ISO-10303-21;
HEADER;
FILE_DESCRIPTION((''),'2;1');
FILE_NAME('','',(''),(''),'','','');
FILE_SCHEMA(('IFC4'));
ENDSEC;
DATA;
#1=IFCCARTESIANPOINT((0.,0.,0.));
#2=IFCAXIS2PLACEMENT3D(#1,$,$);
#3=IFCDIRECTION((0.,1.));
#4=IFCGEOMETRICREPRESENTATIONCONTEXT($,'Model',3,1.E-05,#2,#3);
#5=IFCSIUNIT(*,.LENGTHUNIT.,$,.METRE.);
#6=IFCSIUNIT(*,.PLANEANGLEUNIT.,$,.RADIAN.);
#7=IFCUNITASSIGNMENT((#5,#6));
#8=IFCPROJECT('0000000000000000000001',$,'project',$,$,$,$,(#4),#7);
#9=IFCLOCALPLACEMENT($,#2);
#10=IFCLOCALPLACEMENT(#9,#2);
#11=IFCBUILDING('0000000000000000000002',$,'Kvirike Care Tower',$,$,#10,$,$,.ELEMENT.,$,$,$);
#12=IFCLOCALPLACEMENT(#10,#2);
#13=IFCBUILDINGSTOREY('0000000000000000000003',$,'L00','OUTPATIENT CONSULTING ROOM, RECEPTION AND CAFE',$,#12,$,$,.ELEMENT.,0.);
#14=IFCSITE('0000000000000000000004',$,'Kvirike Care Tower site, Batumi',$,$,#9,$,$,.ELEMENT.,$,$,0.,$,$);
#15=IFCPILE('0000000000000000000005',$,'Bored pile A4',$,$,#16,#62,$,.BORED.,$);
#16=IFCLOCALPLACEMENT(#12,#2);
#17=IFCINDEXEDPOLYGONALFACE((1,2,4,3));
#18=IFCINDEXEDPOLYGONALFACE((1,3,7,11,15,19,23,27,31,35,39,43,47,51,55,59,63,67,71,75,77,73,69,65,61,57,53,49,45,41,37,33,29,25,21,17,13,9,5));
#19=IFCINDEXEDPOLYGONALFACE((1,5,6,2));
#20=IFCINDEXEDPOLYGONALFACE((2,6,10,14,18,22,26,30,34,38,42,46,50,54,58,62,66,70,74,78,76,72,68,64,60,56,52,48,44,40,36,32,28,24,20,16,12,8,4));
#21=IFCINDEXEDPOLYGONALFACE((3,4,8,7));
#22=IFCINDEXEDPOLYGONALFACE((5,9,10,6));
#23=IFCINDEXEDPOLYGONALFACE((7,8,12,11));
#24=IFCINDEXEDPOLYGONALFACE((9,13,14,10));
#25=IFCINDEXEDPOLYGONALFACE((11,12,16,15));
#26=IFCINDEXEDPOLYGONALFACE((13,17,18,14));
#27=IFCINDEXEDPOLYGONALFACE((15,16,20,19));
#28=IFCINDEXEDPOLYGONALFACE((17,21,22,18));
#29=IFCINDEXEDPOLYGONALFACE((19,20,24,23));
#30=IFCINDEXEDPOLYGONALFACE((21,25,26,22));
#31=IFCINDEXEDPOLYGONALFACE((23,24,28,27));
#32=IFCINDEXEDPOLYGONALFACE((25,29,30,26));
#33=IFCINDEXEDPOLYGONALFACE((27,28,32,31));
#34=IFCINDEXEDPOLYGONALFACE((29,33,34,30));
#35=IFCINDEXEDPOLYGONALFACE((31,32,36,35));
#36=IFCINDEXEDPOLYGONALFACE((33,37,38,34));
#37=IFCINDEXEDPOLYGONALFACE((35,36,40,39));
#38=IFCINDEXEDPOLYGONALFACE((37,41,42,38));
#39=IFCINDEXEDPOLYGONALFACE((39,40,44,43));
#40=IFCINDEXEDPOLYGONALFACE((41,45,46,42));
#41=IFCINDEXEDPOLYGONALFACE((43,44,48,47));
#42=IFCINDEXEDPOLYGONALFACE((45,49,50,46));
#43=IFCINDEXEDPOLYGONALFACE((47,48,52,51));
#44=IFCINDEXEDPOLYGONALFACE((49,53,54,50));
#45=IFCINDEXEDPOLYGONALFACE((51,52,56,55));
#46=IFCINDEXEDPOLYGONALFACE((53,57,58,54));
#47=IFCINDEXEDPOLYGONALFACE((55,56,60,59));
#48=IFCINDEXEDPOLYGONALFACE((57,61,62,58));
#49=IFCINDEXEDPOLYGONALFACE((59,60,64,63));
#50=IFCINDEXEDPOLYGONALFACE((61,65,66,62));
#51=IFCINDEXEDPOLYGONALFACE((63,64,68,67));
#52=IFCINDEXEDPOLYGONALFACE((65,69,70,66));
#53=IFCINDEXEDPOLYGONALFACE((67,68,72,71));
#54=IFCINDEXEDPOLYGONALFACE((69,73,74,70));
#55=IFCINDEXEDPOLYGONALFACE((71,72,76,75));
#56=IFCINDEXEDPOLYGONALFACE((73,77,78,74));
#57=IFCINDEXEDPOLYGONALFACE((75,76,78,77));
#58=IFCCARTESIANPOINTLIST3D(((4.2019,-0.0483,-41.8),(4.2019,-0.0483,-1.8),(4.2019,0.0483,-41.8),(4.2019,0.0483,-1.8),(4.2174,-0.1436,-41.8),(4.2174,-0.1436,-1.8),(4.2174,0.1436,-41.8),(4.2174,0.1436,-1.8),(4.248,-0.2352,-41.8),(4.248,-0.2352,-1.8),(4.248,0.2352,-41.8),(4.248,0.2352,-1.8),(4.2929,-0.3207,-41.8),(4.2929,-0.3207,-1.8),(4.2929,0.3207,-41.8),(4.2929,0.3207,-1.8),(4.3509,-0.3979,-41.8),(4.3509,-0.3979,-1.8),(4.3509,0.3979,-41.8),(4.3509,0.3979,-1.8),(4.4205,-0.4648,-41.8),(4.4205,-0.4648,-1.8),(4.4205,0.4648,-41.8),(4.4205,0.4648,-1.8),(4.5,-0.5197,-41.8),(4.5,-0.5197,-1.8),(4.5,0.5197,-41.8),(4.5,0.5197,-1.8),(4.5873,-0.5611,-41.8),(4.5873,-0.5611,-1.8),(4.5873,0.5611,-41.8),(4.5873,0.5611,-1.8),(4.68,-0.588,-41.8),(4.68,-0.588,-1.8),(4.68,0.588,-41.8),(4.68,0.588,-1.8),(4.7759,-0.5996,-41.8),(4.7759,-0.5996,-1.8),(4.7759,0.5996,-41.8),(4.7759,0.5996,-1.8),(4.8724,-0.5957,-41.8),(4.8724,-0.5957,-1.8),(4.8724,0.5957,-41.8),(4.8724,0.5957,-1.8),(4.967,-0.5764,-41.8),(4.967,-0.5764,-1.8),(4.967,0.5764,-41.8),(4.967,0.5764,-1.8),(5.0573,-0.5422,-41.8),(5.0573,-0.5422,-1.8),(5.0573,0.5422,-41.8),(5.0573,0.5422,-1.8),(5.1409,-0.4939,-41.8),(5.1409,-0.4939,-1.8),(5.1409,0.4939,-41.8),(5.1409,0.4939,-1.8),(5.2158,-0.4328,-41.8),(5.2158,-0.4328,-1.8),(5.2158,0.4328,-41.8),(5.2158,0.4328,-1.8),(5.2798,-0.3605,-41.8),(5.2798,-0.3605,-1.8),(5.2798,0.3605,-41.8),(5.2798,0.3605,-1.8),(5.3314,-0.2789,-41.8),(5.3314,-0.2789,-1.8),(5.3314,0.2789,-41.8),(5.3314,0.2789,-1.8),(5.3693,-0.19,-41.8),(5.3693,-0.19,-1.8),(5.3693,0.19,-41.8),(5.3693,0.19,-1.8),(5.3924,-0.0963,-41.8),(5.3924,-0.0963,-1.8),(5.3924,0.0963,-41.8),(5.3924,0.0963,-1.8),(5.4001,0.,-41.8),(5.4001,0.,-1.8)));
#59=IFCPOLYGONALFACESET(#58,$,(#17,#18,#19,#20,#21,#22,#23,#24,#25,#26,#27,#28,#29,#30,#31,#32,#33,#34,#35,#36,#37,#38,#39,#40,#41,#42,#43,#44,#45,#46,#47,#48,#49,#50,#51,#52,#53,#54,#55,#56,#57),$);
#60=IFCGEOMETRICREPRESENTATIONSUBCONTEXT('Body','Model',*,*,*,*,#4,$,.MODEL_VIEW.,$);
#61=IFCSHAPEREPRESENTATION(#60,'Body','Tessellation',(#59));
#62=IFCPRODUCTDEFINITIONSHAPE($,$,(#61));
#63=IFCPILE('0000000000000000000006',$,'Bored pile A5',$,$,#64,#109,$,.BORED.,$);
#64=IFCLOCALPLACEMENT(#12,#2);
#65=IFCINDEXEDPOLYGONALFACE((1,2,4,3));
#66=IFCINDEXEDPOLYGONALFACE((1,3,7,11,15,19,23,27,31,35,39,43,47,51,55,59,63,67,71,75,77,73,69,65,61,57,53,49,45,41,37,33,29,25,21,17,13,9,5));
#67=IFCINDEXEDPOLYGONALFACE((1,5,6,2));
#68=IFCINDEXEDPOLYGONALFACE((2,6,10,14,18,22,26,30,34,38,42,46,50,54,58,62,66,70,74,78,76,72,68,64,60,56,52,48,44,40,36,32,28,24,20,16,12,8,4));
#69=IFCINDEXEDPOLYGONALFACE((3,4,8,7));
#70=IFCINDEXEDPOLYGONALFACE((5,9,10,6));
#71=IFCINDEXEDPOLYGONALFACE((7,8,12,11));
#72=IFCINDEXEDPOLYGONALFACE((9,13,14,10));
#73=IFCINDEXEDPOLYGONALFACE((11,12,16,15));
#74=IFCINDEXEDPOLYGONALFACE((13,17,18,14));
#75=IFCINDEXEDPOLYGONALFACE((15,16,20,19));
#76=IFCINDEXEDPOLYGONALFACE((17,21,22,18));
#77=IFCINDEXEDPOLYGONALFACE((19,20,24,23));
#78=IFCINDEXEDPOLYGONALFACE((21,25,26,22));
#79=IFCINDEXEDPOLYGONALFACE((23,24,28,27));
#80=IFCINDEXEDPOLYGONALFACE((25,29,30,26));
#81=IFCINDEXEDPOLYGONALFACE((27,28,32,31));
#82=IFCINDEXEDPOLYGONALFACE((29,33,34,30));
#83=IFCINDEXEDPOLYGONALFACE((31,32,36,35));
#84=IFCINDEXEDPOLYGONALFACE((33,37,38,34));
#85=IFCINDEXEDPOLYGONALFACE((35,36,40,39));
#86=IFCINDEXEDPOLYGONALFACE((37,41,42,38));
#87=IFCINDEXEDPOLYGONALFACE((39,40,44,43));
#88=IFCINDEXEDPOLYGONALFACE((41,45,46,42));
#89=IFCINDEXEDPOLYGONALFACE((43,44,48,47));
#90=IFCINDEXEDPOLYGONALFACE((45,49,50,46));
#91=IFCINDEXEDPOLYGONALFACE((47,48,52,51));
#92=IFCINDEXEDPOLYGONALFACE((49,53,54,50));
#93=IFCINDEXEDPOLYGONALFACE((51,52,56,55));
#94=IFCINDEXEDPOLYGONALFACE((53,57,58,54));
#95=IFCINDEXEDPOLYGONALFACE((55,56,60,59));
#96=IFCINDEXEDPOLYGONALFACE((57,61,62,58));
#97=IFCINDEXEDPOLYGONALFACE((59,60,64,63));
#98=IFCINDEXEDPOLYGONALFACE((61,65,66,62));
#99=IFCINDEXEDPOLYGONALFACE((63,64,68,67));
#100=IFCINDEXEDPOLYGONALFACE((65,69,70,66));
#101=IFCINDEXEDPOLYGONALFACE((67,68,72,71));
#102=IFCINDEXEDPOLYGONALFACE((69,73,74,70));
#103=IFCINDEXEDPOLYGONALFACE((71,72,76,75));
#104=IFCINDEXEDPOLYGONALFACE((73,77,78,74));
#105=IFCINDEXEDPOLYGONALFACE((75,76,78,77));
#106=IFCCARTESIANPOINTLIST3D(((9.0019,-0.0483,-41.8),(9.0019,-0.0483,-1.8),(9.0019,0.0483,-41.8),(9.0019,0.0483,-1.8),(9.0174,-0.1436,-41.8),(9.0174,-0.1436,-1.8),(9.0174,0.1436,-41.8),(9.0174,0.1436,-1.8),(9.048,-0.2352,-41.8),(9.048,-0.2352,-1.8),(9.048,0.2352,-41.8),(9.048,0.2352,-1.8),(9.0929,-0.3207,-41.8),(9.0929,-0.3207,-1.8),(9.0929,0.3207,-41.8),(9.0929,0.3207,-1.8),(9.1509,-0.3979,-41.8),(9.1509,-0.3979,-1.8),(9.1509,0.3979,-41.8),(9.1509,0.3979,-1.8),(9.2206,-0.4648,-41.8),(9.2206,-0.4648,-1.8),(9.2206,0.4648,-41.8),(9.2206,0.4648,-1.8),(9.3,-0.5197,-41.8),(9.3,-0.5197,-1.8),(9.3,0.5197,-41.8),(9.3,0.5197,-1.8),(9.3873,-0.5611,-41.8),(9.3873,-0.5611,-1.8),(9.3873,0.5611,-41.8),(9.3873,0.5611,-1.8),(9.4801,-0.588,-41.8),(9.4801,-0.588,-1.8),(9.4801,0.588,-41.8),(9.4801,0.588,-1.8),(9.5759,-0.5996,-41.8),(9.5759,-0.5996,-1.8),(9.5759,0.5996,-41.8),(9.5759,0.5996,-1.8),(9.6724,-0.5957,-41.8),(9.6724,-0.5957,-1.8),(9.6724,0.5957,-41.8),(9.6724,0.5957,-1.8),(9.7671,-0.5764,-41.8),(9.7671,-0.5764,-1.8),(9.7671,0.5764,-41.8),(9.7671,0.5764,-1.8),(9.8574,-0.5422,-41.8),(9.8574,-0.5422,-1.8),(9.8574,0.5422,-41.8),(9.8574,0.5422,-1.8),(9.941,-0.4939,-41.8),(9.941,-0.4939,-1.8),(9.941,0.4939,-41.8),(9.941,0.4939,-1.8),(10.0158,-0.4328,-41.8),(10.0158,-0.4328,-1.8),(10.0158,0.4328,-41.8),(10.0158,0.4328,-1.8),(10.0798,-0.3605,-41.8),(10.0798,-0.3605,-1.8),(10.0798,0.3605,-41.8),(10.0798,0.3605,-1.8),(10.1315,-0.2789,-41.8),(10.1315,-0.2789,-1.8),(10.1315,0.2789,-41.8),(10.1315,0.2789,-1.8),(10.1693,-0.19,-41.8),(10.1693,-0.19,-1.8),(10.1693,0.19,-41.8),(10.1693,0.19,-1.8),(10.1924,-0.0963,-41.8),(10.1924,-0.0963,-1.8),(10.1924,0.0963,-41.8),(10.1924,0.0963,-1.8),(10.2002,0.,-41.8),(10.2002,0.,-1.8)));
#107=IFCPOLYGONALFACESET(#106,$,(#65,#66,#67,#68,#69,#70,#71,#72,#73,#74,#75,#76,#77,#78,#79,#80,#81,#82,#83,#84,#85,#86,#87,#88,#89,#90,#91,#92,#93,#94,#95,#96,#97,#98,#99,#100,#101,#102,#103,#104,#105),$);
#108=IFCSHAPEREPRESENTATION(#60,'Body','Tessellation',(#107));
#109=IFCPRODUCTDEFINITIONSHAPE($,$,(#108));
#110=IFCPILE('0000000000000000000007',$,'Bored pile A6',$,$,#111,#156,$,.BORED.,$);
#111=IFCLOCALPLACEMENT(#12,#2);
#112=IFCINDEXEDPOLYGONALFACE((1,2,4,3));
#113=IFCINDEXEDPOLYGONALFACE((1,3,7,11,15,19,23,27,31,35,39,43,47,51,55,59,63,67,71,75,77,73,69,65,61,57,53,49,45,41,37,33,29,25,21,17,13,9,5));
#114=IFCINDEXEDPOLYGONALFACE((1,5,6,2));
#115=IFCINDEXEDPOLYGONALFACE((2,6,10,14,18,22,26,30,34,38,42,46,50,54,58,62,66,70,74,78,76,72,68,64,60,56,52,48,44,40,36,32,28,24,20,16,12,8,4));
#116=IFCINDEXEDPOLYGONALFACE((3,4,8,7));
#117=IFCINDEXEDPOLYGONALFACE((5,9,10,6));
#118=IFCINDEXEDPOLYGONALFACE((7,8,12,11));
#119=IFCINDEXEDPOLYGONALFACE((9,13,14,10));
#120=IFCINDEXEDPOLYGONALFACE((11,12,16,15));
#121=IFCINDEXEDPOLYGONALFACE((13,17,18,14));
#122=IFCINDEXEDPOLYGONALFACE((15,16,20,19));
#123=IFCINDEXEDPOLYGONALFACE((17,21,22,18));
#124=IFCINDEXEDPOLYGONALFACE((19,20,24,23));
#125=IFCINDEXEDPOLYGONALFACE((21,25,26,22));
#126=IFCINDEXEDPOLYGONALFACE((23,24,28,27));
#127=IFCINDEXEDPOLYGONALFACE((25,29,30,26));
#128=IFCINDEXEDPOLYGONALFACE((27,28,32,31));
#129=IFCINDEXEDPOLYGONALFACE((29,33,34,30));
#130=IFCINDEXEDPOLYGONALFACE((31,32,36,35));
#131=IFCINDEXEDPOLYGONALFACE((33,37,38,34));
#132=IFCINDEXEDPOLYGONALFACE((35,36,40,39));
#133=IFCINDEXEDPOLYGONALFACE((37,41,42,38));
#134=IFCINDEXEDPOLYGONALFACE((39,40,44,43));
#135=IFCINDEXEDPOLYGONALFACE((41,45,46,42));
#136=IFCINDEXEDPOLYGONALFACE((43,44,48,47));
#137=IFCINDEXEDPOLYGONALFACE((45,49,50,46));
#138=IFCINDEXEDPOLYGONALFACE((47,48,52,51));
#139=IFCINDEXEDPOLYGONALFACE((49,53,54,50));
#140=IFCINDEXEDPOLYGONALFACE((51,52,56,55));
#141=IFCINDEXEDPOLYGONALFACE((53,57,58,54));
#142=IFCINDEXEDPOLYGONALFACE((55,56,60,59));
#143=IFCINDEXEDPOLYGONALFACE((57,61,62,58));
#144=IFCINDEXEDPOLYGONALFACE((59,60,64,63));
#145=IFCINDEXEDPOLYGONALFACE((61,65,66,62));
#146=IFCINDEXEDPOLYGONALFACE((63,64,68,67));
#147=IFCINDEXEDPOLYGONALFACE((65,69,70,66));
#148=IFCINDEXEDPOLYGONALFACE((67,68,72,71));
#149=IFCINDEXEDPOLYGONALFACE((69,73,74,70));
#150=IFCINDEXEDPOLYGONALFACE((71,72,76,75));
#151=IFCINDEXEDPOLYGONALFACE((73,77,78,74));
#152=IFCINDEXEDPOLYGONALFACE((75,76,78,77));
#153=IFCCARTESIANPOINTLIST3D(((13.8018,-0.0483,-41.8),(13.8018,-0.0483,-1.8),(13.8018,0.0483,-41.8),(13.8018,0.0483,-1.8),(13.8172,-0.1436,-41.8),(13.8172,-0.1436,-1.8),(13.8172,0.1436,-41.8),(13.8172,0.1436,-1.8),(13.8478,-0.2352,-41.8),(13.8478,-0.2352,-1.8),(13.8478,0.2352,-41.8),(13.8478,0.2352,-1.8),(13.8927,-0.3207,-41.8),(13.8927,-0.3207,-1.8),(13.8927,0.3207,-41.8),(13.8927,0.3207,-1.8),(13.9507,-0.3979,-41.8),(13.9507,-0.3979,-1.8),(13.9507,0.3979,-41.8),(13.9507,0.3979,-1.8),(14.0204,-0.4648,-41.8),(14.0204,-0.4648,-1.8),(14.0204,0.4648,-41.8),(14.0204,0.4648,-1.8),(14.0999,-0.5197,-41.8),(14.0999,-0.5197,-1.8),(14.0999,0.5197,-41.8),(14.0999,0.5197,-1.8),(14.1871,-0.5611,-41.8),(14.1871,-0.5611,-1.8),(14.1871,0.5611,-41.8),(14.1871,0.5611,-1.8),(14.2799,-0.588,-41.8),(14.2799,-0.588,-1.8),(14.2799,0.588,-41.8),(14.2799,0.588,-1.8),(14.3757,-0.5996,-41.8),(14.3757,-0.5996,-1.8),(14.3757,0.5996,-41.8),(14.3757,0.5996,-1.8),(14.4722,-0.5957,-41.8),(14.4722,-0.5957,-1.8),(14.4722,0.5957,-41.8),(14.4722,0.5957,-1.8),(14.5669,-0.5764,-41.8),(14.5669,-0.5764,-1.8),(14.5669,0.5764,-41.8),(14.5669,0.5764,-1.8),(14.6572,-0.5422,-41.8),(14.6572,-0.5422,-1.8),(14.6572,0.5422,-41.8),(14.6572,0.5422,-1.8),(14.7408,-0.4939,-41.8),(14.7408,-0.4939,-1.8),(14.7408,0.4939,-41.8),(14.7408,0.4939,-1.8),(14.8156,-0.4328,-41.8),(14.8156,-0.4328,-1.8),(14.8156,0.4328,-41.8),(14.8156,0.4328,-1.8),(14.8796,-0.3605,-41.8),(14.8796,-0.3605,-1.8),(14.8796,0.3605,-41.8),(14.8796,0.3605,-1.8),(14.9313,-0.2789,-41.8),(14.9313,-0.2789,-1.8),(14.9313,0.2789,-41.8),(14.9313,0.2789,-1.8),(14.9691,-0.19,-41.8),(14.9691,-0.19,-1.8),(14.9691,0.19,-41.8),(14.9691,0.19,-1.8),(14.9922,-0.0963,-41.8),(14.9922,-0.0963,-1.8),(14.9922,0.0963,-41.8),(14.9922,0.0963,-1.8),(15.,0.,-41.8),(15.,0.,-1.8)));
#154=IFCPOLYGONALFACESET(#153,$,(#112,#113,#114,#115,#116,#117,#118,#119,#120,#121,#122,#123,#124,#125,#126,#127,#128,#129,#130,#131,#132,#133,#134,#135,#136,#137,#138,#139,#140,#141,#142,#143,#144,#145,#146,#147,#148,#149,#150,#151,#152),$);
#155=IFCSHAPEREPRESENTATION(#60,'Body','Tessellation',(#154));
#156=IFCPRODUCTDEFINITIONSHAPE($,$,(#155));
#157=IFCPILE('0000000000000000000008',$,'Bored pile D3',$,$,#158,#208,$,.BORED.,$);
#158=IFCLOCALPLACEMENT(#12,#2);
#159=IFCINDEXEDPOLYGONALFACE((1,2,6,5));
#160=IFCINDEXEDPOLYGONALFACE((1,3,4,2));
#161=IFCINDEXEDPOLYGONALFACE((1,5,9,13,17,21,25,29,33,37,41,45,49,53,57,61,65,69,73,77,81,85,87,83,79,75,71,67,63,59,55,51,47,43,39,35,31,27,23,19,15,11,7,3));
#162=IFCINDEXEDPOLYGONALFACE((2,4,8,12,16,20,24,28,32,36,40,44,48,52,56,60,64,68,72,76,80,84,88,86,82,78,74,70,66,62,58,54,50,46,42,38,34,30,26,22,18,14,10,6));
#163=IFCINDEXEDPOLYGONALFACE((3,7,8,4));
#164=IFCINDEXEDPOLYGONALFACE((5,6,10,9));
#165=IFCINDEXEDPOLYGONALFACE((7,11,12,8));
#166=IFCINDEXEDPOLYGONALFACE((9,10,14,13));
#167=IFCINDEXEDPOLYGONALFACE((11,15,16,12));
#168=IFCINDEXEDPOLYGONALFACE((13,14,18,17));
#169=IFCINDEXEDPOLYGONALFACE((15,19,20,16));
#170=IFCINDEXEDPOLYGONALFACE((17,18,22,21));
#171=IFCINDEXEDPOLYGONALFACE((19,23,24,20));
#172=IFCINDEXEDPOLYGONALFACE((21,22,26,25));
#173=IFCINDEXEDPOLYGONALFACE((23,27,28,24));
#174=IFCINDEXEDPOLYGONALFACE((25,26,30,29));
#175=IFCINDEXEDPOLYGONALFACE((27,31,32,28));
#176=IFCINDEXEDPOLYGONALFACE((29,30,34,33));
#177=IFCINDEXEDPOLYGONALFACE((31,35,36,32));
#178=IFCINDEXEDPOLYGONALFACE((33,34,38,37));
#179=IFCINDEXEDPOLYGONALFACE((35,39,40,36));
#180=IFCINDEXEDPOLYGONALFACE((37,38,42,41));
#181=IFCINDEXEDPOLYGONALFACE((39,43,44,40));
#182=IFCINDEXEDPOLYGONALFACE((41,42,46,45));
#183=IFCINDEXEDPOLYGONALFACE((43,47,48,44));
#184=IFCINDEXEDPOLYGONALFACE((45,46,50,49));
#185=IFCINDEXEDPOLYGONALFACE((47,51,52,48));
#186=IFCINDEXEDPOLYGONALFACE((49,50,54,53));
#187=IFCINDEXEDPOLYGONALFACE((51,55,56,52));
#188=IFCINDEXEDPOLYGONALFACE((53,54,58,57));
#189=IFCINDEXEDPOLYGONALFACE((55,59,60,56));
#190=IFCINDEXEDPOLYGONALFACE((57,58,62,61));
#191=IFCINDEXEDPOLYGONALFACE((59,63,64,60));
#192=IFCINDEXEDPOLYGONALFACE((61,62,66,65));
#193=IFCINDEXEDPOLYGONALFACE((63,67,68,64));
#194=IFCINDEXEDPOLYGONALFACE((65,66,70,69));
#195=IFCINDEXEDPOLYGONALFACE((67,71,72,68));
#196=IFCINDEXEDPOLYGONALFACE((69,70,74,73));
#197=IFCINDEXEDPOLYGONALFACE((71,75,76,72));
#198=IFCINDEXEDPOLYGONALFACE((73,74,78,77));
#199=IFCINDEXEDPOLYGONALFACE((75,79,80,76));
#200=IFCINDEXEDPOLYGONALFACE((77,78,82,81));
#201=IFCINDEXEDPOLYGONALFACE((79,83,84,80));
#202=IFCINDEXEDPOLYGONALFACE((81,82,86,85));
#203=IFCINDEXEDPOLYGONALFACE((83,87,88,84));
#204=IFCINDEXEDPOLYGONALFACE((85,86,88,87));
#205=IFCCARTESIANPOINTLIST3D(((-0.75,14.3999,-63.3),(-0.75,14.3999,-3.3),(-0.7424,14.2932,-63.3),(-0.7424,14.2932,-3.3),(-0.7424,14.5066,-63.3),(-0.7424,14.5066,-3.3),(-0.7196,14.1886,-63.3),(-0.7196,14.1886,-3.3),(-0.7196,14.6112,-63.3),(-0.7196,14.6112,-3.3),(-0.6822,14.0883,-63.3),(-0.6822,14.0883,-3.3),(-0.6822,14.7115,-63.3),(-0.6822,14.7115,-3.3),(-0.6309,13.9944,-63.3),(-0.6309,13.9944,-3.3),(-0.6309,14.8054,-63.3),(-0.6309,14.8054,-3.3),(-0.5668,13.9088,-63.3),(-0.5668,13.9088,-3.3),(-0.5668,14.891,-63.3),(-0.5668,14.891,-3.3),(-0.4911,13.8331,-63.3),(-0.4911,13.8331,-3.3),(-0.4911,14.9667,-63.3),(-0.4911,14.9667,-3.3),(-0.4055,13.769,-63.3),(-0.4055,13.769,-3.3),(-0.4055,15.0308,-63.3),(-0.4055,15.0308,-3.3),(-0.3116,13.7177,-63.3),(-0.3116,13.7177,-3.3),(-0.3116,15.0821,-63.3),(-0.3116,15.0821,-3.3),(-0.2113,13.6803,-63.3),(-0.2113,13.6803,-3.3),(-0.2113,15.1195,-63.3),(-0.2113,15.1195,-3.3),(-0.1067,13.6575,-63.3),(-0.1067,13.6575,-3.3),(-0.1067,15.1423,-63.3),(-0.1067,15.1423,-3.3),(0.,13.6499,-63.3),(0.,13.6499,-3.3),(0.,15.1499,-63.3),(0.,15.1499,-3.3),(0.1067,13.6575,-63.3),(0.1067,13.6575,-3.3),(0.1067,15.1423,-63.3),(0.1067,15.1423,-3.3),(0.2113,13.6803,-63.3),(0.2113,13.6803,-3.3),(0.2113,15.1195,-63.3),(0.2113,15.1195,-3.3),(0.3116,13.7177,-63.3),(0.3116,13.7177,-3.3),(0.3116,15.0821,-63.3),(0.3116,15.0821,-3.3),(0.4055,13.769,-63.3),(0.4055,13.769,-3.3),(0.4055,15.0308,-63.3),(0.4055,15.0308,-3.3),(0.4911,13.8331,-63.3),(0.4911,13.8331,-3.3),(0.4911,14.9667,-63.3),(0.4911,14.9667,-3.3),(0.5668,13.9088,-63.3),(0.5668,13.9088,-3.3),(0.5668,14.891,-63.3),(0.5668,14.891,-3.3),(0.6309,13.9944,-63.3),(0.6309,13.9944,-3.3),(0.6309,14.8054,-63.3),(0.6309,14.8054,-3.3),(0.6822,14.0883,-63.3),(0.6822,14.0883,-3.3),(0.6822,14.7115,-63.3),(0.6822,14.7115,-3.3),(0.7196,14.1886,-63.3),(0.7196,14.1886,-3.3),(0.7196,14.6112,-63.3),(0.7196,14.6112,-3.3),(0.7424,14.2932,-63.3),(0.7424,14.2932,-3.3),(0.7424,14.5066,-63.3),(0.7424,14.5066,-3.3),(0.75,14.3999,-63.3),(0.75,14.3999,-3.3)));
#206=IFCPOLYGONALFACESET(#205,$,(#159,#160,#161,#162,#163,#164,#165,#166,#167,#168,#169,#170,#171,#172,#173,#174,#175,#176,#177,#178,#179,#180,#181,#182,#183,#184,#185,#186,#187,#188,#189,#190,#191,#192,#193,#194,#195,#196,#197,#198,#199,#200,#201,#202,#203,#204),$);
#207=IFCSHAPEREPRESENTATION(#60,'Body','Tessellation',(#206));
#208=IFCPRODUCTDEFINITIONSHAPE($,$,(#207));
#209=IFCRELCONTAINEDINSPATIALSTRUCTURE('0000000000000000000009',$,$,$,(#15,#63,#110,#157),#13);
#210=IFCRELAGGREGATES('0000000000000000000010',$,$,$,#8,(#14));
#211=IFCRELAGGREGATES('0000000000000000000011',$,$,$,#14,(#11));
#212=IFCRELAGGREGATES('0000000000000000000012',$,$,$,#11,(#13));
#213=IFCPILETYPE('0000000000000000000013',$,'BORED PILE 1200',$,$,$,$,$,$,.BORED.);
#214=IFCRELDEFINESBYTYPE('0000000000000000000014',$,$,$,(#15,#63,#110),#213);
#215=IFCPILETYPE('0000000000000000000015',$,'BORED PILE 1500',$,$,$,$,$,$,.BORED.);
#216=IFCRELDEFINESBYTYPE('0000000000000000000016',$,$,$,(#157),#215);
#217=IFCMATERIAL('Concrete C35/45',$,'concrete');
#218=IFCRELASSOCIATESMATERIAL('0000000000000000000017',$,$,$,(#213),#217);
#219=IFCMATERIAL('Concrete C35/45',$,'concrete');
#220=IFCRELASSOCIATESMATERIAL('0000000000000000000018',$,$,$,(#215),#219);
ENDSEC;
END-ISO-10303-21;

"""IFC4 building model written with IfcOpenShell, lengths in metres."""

from ifc_helpers import new_model, si_unit, direction, frame, origin, origin_2d, place, context, subcontext, project, spatial, circle, extrude, material, material_profile, profile_set, type_object, element, save


model = new_model("IFC4")

# Units and contexts
model_context = context("Model", 3, precision=1e-05, world=origin(), true_north=direction((0.0, 1.0)))
body_context = subcontext(model_context, "Body", "Model", "MODEL_VIEW")
ifc_project = project(units=[si_unit("LENGTHUNIT", "METRE"), si_unit("PLANEANGLEUNIT", "RADIAN")], contexts=[model_context])

# Site, building, storey
site_placement = place(None, origin())
site = spatial("IfcSite", under=ifc_project, at=site_placement, Name="Kvirike Care Tower site, Batumi", CompositionType="ELEMENT", RefElevation=0.0)
building_placement = place(site_placement, origin())
building = spatial("IfcBuilding", under=site, at=building_placement, Name="Kvirike Care Tower", CompositionType="ELEMENT")
storey_placement = place(building_placement, origin())
storey = spatial("IfcBuildingStorey", under=building, at=storey_placement, Name="L00", Description="OUTPATIENT CONSULTING ROOM, RECEPTION AND CAFE", CompositionType="ELEMENT", Elevation=0.0)

# Piles
ifc_material_1 = material(Name="Concrete C35/45", Category="concrete")
ifc_material_profile_1 = material_profile(ifc_material_1, circle(Radius=0.6001, at=origin_2d()), Name="BORED PILE 1200")
ifc_profile_set_1 = profile_set([ifc_material_profile_1], Name="Concrete C35/45")
pile_type_1 = type_object("IfcPileType", Name="BORED PILE 1200", PredefinedType="BORED", material=ifc_profile_set_1)
for number, where, z_axis, x_axis, name in (
    (1, (4.8, 0.0, -1.8), (0.0, 0.0, -1.0), (1.0, 0.0, 0.0), "Bored pile A4"),
    (2, (9.6001, 0.0, -1.8), (0.0, 0.0, -1.0), (1.0, 0.0, 0.0), "Bored pile A5"),
    (3, (14.3999, 0.0, -1.8), (0.0, 0.0, -1.0), (1.0, 0.0, 0.0), "Bored pile A6"),
):
    element("IfcPile", number, at=place(storey_placement, frame(where, z_axis=z_axis, x_axis=x_axis)), inside=storey, type_object=pile_type_1, Name=name, PredefinedType="BORED", context=body_context, shape_type="SweptSolid", body=[
        extrude(circle(Radius=0.6001, at=origin_2d()), origin(), (0.0, 0.0, 1.0), 40.0),
    ])
ifc_material_2 = material(Name="Concrete C35/45", Category="concrete")
ifc_material_profile_2 = material_profile(ifc_material_2, circle(Radius=0.75, at=origin_2d()), Name="BORED PILE 1500")
ifc_profile_set_2 = profile_set([ifc_material_profile_2], Name="Concrete C35/45")
pile_type_2 = type_object("IfcPileType", Name="BORED PILE 1500", PredefinedType="BORED", material=ifc_profile_set_2)
for number, where, z_axis, x_axis, name in (
    (4, (0.0, 14.3999, -3.3), (0.0, 0.0, -1.0), (1.0, 0.0, 0.0), "Bored pile D3"),
):
    element("IfcPile", number, at=place(storey_placement, frame(where, z_axis=z_axis, x_axis=x_axis)), inside=storey, type_object=pile_type_2, Name=name, PredefinedType="BORED", context=body_context, shape_type="SweptSolid", body=[
        extrude(circle(Radius=0.75, at=origin_2d()), origin(), (0.0, 0.0, 1.0), 60.0),
    ])

save(model, "model.ifc")
